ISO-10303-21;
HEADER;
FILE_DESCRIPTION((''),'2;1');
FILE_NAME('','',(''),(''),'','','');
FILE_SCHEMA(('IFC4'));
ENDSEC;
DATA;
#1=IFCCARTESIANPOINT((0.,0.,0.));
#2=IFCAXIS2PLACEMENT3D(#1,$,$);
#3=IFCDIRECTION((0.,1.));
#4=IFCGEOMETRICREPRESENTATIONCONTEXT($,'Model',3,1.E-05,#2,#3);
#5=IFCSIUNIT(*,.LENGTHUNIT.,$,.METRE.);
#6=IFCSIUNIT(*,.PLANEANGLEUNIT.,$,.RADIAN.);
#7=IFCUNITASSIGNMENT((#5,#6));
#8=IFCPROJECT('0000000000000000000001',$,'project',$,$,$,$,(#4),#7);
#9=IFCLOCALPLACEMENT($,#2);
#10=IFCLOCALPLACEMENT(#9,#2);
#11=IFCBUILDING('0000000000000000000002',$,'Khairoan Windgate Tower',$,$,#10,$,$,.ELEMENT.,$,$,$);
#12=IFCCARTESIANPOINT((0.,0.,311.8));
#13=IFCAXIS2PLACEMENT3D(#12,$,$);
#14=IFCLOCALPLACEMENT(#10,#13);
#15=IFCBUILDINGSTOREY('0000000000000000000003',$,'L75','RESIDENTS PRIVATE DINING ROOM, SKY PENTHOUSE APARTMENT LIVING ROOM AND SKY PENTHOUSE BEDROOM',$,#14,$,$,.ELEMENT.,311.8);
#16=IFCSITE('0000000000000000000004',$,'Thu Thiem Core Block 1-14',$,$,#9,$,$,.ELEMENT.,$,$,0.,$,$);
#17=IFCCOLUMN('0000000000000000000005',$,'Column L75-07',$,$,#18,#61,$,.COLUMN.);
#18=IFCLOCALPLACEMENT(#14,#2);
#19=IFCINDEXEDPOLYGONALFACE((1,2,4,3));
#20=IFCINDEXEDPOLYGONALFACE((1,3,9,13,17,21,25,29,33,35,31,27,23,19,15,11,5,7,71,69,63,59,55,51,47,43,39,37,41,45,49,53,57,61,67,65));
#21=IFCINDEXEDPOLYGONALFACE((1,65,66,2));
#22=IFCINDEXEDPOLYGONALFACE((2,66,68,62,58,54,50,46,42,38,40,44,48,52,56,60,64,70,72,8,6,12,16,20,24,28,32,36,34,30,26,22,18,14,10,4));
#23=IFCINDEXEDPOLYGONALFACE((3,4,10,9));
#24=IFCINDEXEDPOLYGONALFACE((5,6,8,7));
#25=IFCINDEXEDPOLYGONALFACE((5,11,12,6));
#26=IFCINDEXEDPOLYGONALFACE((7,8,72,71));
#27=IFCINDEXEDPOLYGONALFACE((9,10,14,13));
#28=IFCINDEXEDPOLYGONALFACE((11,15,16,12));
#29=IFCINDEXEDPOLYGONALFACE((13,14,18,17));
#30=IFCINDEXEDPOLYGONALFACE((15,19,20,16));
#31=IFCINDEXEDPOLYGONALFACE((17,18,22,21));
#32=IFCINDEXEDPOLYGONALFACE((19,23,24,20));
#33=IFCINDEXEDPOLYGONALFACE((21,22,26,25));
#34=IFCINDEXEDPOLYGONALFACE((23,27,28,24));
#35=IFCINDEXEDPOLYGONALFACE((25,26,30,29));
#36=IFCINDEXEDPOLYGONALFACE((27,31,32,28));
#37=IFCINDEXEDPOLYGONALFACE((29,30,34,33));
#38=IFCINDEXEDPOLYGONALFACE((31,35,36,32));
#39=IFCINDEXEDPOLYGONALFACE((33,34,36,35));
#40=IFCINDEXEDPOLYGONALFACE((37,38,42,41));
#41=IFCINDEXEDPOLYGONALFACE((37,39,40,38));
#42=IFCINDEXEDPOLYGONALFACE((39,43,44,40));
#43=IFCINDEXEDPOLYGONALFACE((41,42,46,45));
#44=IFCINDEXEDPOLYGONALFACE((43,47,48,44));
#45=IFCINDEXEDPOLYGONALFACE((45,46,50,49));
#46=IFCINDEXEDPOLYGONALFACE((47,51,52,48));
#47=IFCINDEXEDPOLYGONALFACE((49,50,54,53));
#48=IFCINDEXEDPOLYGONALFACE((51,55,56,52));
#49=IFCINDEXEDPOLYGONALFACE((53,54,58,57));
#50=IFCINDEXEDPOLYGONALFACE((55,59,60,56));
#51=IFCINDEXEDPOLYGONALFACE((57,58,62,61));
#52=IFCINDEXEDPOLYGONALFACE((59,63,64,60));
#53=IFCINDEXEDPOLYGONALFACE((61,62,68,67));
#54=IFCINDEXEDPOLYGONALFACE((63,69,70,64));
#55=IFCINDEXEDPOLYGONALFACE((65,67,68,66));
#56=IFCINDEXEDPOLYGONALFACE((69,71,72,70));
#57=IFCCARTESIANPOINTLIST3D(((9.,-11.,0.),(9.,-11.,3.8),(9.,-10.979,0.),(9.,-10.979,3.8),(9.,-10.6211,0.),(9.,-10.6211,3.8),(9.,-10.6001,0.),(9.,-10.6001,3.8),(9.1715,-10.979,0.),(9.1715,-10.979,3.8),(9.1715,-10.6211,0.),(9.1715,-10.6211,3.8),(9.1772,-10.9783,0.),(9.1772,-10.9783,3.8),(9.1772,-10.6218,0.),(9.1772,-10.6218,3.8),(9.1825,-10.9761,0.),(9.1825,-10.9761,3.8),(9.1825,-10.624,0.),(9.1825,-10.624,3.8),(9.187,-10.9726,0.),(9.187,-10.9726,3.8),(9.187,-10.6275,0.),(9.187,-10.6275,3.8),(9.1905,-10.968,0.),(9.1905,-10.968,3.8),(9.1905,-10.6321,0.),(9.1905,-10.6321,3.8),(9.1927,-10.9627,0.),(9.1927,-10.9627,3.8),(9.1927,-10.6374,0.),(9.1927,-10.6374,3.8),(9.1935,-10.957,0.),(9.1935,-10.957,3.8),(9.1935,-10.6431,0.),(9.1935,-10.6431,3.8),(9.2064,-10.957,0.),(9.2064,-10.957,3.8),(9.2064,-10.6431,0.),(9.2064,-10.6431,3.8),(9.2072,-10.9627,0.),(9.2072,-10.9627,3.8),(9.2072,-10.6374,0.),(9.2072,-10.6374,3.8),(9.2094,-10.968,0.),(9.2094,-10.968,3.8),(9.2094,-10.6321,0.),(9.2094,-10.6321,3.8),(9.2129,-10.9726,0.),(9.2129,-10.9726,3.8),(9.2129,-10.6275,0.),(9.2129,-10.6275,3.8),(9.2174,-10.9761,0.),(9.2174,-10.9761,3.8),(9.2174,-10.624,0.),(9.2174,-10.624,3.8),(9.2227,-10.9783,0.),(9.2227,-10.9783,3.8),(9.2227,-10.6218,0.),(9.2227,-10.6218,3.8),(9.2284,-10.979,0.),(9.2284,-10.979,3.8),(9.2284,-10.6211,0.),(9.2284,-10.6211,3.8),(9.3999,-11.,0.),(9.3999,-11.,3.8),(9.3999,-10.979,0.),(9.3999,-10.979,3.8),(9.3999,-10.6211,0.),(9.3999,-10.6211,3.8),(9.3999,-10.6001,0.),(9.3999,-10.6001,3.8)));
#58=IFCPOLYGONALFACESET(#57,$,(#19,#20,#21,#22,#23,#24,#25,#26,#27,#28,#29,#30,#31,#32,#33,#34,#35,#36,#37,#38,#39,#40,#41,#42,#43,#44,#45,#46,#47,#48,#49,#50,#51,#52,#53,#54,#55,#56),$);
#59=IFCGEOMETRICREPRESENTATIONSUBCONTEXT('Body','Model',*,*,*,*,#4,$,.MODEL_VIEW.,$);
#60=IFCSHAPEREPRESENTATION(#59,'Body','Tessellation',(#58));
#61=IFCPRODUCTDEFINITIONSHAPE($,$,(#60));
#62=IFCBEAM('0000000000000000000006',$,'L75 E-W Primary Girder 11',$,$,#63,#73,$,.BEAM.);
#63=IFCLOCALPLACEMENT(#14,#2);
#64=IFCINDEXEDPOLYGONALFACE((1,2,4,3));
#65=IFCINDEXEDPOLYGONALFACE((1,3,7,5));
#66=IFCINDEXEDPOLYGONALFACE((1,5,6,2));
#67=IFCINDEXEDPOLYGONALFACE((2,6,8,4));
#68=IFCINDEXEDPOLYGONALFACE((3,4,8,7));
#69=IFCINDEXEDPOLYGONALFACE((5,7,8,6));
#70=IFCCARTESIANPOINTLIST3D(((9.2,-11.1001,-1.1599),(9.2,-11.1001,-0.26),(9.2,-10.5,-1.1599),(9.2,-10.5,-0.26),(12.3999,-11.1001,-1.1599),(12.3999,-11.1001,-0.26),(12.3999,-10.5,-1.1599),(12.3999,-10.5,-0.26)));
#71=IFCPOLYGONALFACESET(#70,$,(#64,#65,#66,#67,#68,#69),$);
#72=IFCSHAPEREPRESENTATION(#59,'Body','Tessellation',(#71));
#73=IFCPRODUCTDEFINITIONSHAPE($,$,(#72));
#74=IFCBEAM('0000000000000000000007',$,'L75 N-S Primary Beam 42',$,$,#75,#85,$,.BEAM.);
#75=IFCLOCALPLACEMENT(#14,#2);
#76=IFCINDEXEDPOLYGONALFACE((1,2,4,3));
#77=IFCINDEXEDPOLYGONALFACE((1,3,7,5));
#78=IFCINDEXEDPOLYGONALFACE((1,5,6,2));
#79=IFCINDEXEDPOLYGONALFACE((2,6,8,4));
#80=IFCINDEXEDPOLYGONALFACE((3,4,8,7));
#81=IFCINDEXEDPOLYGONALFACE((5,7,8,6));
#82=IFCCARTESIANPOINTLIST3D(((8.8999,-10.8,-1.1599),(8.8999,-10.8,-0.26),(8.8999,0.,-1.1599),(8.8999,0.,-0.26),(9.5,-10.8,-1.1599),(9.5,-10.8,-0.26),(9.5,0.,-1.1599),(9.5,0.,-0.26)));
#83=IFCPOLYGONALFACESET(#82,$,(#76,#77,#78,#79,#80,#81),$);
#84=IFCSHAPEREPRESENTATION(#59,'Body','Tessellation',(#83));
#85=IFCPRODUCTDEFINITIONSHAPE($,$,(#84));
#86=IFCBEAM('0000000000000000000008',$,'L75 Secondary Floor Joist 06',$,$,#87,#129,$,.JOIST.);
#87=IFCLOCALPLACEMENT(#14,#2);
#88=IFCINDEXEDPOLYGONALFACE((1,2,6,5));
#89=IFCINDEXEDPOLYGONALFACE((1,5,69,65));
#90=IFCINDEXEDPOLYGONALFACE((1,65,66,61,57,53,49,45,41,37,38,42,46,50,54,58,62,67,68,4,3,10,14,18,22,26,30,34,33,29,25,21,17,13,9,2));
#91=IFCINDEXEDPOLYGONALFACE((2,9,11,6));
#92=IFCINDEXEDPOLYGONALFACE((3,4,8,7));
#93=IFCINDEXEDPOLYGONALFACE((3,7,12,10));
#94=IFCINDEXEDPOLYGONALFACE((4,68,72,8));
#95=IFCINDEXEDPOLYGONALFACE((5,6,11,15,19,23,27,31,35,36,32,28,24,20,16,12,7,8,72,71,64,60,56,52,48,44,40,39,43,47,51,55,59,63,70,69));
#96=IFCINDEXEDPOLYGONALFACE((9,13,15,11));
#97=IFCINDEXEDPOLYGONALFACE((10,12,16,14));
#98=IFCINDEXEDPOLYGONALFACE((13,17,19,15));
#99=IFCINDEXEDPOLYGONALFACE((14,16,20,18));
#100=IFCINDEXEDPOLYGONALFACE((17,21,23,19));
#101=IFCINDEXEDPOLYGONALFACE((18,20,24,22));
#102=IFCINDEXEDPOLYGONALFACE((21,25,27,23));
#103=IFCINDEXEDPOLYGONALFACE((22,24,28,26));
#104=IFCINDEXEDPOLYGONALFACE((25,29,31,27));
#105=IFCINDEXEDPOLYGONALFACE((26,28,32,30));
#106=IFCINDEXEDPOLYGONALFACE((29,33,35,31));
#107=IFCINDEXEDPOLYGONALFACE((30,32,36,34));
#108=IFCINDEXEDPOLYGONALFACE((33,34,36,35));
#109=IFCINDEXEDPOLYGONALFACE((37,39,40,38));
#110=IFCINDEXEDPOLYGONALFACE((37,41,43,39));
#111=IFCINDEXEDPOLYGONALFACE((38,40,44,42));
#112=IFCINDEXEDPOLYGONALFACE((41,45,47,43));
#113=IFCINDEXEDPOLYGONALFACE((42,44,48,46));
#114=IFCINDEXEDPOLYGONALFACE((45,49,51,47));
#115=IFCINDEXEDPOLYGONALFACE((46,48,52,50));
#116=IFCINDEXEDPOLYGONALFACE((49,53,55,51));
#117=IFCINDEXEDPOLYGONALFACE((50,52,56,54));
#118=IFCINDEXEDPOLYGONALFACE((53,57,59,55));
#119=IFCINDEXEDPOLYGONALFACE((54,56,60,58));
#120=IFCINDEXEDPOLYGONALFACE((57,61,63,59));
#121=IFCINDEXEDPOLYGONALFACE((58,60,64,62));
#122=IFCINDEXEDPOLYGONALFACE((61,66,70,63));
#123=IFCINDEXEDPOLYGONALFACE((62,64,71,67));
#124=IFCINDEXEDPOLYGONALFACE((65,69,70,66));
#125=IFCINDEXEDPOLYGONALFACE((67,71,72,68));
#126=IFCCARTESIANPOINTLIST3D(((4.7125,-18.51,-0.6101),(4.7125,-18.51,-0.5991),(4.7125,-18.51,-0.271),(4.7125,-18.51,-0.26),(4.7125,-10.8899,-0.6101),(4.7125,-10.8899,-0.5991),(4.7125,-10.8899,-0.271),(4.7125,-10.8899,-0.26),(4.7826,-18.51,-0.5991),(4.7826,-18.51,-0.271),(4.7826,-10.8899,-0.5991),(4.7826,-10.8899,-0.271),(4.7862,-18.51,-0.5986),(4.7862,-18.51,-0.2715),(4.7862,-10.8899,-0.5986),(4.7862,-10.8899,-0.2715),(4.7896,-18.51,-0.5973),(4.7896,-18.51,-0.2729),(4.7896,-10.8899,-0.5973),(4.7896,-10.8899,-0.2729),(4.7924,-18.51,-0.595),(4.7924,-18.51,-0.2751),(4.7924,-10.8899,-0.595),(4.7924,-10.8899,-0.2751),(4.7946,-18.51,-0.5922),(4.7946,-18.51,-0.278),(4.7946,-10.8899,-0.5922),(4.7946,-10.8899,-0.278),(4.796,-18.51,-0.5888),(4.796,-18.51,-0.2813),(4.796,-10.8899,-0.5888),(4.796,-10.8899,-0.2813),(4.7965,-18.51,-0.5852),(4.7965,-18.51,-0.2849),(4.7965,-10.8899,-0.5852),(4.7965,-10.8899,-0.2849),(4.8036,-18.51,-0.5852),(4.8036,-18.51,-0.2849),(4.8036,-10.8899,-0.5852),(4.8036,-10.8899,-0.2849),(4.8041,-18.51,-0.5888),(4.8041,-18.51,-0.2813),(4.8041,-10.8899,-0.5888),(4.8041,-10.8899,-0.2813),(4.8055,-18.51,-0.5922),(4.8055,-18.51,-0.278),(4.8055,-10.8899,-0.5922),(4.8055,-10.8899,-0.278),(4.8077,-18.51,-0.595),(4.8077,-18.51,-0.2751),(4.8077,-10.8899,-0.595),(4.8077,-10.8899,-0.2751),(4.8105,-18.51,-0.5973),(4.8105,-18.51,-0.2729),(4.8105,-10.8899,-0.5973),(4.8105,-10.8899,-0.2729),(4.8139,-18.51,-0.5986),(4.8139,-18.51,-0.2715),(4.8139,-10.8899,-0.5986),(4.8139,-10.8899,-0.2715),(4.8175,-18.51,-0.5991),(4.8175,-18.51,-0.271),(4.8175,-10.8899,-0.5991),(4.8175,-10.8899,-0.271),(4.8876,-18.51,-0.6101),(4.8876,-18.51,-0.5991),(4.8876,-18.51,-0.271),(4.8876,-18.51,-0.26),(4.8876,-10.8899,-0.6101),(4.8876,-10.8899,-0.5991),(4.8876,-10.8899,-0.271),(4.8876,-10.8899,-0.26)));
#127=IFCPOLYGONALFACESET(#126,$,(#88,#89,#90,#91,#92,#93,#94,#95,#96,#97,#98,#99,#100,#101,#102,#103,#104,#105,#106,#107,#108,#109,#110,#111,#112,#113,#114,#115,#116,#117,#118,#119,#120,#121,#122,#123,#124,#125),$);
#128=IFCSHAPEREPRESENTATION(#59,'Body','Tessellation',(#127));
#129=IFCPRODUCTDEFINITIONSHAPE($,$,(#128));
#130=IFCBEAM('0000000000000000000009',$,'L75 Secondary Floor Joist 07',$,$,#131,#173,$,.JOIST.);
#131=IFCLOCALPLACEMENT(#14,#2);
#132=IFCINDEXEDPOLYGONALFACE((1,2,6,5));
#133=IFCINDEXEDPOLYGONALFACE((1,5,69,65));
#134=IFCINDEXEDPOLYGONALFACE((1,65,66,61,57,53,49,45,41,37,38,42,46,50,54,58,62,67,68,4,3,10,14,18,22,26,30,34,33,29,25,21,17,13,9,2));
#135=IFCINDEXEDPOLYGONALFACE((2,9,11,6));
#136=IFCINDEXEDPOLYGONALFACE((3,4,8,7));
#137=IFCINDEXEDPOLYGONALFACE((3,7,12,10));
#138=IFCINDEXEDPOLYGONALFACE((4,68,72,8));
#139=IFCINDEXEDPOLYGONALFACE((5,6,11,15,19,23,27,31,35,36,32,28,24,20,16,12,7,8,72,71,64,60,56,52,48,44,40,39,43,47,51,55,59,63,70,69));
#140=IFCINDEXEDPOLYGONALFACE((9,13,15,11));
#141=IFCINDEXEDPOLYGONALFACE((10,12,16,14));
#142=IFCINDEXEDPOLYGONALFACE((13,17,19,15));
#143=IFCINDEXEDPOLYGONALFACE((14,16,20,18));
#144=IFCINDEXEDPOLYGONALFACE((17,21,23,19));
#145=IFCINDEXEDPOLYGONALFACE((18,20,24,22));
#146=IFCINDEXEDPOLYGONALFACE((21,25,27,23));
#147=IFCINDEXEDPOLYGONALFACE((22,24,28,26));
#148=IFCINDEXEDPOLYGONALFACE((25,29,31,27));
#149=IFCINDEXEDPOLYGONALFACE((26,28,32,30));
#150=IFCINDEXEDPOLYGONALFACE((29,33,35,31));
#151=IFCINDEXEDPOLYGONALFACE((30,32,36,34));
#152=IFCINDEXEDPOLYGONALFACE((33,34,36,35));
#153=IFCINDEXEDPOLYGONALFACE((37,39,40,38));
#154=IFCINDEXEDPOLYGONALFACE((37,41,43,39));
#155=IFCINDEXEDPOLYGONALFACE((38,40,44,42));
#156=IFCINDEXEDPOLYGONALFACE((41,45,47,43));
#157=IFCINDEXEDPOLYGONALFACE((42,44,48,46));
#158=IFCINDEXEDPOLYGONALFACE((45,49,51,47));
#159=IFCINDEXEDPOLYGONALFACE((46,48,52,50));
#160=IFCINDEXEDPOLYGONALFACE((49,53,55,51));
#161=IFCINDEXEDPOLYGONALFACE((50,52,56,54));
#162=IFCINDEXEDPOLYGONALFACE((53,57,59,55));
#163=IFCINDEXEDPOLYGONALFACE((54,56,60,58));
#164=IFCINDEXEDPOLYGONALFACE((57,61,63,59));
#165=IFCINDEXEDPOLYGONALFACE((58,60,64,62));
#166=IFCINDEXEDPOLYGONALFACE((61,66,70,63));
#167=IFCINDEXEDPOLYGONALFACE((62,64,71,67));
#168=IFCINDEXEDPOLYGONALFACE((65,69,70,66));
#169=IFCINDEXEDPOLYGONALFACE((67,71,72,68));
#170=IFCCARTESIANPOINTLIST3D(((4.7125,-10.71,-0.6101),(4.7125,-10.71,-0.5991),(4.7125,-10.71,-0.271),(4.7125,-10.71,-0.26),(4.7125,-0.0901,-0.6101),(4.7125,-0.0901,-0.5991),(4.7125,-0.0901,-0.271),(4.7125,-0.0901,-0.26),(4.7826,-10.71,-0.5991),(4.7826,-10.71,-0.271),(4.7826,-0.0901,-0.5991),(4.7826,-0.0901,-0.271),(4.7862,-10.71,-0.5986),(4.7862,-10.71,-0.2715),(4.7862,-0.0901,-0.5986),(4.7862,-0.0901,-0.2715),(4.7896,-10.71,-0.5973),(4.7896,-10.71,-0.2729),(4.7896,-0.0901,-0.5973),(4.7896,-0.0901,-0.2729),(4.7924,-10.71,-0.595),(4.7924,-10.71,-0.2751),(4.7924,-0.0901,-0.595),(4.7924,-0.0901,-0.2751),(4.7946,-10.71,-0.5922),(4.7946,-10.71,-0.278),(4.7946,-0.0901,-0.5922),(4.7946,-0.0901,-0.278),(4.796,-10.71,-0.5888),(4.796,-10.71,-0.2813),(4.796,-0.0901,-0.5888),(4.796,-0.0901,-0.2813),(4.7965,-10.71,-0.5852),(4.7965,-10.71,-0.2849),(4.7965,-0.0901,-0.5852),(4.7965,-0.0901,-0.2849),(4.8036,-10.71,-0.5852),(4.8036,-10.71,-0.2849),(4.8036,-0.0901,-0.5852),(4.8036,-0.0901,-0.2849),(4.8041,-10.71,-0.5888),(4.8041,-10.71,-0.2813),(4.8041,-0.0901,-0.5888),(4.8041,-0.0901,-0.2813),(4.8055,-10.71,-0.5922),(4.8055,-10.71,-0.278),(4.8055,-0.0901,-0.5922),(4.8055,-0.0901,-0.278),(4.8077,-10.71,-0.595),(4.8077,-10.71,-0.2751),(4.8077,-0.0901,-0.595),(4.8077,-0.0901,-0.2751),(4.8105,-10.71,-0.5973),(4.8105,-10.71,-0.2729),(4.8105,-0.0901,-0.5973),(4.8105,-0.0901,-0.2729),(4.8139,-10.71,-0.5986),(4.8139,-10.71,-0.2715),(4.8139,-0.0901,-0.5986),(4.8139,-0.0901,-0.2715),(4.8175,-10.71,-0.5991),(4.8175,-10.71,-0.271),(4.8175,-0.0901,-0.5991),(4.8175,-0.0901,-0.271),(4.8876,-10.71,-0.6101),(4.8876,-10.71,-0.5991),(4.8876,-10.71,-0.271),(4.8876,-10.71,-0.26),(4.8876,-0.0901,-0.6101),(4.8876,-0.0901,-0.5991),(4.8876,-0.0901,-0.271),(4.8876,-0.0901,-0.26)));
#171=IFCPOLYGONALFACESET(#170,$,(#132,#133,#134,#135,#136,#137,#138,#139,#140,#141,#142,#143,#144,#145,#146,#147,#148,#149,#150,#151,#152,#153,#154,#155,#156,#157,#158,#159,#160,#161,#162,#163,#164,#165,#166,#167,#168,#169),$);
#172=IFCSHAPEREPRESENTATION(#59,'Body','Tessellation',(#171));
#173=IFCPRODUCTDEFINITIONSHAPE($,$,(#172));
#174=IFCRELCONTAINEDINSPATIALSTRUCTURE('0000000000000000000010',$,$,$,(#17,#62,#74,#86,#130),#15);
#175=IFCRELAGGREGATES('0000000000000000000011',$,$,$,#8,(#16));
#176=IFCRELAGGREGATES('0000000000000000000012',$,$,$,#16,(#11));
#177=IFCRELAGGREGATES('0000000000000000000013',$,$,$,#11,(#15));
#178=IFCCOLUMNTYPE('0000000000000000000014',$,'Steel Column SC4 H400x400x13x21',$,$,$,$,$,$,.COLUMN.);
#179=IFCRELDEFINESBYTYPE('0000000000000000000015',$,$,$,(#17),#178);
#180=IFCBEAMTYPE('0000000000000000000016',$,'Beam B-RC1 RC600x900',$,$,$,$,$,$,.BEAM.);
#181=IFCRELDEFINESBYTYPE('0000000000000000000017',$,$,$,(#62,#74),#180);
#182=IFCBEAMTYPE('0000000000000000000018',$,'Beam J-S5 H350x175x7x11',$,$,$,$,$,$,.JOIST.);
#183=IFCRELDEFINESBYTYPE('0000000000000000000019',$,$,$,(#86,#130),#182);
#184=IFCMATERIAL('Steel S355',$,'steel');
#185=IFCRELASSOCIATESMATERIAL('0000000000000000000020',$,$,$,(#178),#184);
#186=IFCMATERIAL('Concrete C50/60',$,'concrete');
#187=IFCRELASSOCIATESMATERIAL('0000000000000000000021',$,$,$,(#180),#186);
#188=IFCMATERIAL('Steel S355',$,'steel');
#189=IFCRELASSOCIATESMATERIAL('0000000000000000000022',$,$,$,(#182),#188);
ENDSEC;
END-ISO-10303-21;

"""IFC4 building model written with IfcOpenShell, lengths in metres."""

from ifc_helpers import new_model, si_unit, direction, frame, origin, origin_2d, place, context, subcontext, project, spatial, rectangle, i_section, extrude, material, material_profile, profile_set, type_object, element, save


model = new_model("IFC4")

# Units and contexts
model_context = context("Model", 3, precision=1e-05, world=origin(), true_north=direction((0.0, 1.0)))
body_context = subcontext(model_context, "Body", "Model", "MODEL_VIEW")
ifc_project = project(units=[si_unit("LENGTHUNIT", "METRE"), si_unit("PLANEANGLEUNIT", "RADIAN")], contexts=[model_context])

# Site, building, storey
site_placement = place(None, origin())
site = spatial("IfcSite", under=ifc_project, at=site_placement, Name="Thu Thiem Core Block 1-14", CompositionType="ELEMENT", RefElevation=0.0)
building_placement = place(site_placement, origin())
building = spatial("IfcBuilding", under=site, at=building_placement, Name="Khairoan Windgate Tower", CompositionType="ELEMENT")
storey_placement = place(building_placement, frame((0.0, 0.0, 311.8)))
storey = spatial("IfcBuildingStorey", under=building, at=storey_placement, Name="L75", Description="RESIDENTS PRIVATE DINING ROOM, SKY PENTHOUSE APARTMENT LIVING ROOM AND SKY PENTHOUSE BEDROOM", CompositionType="ELEMENT", Elevation=311.8)

# Column
ifc_material_1 = material(Name="Steel S355", Category="steel")
ifc_material_profile_1 = material_profile(ifc_material_1, i_section(OverallWidth=0.3999, OverallDepth=0.3999, WebThickness=0.0129, FlangeThickness=0.021, FilletRadius=0.022, at=origin_2d()))
ifc_profile_set_1 = profile_set([ifc_material_profile_1], Name="Steel S355")
column_type = type_object("IfcColumnType", Name="Steel Column SC4 H400x400x13x21", PredefinedType="COLUMN", material=ifc_profile_set_1)
column_placement = place(storey_placement, frame((9.2, -10.8, 0.0), z_axis=(0.0, 0.0, 1.0), x_axis=(1.0, 0.0, 0.0)))
element("IfcColumn", 1, at=column_placement, inside=storey, type_object=column_type, Name="Column L75-07", PredefinedType="COLUMN", context=body_context, shape_type="SweptSolid", body=[
    extrude(i_section(OverallWidth=0.3999, OverallDepth=0.3999, WebThickness=0.0129, FlangeThickness=0.021, FilletRadius=0.022, at=origin_2d()), origin(), (0.0, 0.0, 1.0), 3.8),
])

# Beams
ifc_material_2 = material(Name="Concrete C50/60", Category="concrete")
ifc_material_profile_2 = material_profile(ifc_material_2, rectangle(XDim=0.6001, YDim=0.8999, at=origin_2d()))
ifc_profile_set_2 = profile_set([ifc_material_profile_2], Name="Concrete C50/60")
beam_type_1 = type_object("IfcBeamType", Name="Beam B-RC1 RC600x900", PredefinedType="BEAM", material=ifc_profile_set_2)
beam_1_placement = place(storey_placement, frame((9.2, -10.8, -0.71), z_axis=(1.0, 0.0, 0.0), x_axis=(0.0, 1.0, 0.0)))
element("IfcBeam", 2, at=beam_1_placement, inside=storey, type_object=beam_type_1, Name="L75 E-W Primary Girder 11", PredefinedType="BEAM", context=body_context, shape_type="SweptSolid", body=[
    extrude(rectangle(XDim=0.6001, YDim=0.8999, at=origin_2d()), origin(), (0.0, 0.0, 1.0), 3.2),
])
beam_2_placement = place(storey_placement, frame((9.2, -10.8, -0.71), z_axis=(0.0, 1.0, 0.0), x_axis=(-1.0, 0.0, 0.0)))
element("IfcBeam", 3, at=beam_2_placement, inside=storey, type_object=beam_type_1, Name="L75 N-S Primary Beam 42", PredefinedType="BEAM", context=body_context, shape_type="SweptSolid", body=[
    extrude(rectangle(XDim=0.6001, YDim=0.8999, at=origin_2d()), origin(), (0.0, 0.0, 1.0), 10.8),
])
ifc_material_3 = material(Name="Steel S355", Category="steel")
ifc_material_profile_3 = material_profile(ifc_material_3, i_section(OverallWidth=0.175, OverallDepth=0.3501, WebThickness=0.0071, FlangeThickness=0.011, FilletRadius=0.0139, at=origin_2d()))
ifc_profile_set_3 = profile_set([ifc_material_profile_3], Name="Steel S355")
beam_type_2 = type_object("IfcBeamType", Name="Beam J-S5 H350x175x7x11", PredefinedType="JOIST", material=ifc_profile_set_3)
beam_3_placement = place(storey_placement, frame((4.8, -18.51, -0.4351), z_axis=(0.0, 1.0, 0.0), x_axis=(-1.0, 0.0, 0.0)))
element("IfcBeam", 4, at=beam_3_placement, inside=storey, type_object=beam_type_2, Name="L75 Secondary Floor Joist 06", PredefinedType="JOIST", context=body_context, shape_type="SweptSolid", body=[
    extrude(i_section(OverallWidth=0.175, OverallDepth=0.3501, WebThickness=0.0071, FlangeThickness=0.011, FilletRadius=0.0139, at=origin_2d()), origin(), (0.0, 0.0, 1.0), 7.6201),
])
beam_4_placement = place(storey_placement, frame((4.8, -10.71, -0.4351), z_axis=(0.0, 1.0, 0.0), x_axis=(-1.0, 0.0, 0.0)))
element("IfcBeam", 5, at=beam_4_placement, inside=storey, type_object=beam_type_2, Name="L75 Secondary Floor Joist 07", PredefinedType="JOIST", context=body_context, shape_type="SweptSolid", body=[
    extrude(i_section(OverallWidth=0.175, OverallDepth=0.3501, WebThickness=0.0071, FlangeThickness=0.011, FilletRadius=0.0139, at=origin_2d()), origin(), (0.0, 0.0, 1.0), 10.6199),
])

save(model, "model.ifc")
